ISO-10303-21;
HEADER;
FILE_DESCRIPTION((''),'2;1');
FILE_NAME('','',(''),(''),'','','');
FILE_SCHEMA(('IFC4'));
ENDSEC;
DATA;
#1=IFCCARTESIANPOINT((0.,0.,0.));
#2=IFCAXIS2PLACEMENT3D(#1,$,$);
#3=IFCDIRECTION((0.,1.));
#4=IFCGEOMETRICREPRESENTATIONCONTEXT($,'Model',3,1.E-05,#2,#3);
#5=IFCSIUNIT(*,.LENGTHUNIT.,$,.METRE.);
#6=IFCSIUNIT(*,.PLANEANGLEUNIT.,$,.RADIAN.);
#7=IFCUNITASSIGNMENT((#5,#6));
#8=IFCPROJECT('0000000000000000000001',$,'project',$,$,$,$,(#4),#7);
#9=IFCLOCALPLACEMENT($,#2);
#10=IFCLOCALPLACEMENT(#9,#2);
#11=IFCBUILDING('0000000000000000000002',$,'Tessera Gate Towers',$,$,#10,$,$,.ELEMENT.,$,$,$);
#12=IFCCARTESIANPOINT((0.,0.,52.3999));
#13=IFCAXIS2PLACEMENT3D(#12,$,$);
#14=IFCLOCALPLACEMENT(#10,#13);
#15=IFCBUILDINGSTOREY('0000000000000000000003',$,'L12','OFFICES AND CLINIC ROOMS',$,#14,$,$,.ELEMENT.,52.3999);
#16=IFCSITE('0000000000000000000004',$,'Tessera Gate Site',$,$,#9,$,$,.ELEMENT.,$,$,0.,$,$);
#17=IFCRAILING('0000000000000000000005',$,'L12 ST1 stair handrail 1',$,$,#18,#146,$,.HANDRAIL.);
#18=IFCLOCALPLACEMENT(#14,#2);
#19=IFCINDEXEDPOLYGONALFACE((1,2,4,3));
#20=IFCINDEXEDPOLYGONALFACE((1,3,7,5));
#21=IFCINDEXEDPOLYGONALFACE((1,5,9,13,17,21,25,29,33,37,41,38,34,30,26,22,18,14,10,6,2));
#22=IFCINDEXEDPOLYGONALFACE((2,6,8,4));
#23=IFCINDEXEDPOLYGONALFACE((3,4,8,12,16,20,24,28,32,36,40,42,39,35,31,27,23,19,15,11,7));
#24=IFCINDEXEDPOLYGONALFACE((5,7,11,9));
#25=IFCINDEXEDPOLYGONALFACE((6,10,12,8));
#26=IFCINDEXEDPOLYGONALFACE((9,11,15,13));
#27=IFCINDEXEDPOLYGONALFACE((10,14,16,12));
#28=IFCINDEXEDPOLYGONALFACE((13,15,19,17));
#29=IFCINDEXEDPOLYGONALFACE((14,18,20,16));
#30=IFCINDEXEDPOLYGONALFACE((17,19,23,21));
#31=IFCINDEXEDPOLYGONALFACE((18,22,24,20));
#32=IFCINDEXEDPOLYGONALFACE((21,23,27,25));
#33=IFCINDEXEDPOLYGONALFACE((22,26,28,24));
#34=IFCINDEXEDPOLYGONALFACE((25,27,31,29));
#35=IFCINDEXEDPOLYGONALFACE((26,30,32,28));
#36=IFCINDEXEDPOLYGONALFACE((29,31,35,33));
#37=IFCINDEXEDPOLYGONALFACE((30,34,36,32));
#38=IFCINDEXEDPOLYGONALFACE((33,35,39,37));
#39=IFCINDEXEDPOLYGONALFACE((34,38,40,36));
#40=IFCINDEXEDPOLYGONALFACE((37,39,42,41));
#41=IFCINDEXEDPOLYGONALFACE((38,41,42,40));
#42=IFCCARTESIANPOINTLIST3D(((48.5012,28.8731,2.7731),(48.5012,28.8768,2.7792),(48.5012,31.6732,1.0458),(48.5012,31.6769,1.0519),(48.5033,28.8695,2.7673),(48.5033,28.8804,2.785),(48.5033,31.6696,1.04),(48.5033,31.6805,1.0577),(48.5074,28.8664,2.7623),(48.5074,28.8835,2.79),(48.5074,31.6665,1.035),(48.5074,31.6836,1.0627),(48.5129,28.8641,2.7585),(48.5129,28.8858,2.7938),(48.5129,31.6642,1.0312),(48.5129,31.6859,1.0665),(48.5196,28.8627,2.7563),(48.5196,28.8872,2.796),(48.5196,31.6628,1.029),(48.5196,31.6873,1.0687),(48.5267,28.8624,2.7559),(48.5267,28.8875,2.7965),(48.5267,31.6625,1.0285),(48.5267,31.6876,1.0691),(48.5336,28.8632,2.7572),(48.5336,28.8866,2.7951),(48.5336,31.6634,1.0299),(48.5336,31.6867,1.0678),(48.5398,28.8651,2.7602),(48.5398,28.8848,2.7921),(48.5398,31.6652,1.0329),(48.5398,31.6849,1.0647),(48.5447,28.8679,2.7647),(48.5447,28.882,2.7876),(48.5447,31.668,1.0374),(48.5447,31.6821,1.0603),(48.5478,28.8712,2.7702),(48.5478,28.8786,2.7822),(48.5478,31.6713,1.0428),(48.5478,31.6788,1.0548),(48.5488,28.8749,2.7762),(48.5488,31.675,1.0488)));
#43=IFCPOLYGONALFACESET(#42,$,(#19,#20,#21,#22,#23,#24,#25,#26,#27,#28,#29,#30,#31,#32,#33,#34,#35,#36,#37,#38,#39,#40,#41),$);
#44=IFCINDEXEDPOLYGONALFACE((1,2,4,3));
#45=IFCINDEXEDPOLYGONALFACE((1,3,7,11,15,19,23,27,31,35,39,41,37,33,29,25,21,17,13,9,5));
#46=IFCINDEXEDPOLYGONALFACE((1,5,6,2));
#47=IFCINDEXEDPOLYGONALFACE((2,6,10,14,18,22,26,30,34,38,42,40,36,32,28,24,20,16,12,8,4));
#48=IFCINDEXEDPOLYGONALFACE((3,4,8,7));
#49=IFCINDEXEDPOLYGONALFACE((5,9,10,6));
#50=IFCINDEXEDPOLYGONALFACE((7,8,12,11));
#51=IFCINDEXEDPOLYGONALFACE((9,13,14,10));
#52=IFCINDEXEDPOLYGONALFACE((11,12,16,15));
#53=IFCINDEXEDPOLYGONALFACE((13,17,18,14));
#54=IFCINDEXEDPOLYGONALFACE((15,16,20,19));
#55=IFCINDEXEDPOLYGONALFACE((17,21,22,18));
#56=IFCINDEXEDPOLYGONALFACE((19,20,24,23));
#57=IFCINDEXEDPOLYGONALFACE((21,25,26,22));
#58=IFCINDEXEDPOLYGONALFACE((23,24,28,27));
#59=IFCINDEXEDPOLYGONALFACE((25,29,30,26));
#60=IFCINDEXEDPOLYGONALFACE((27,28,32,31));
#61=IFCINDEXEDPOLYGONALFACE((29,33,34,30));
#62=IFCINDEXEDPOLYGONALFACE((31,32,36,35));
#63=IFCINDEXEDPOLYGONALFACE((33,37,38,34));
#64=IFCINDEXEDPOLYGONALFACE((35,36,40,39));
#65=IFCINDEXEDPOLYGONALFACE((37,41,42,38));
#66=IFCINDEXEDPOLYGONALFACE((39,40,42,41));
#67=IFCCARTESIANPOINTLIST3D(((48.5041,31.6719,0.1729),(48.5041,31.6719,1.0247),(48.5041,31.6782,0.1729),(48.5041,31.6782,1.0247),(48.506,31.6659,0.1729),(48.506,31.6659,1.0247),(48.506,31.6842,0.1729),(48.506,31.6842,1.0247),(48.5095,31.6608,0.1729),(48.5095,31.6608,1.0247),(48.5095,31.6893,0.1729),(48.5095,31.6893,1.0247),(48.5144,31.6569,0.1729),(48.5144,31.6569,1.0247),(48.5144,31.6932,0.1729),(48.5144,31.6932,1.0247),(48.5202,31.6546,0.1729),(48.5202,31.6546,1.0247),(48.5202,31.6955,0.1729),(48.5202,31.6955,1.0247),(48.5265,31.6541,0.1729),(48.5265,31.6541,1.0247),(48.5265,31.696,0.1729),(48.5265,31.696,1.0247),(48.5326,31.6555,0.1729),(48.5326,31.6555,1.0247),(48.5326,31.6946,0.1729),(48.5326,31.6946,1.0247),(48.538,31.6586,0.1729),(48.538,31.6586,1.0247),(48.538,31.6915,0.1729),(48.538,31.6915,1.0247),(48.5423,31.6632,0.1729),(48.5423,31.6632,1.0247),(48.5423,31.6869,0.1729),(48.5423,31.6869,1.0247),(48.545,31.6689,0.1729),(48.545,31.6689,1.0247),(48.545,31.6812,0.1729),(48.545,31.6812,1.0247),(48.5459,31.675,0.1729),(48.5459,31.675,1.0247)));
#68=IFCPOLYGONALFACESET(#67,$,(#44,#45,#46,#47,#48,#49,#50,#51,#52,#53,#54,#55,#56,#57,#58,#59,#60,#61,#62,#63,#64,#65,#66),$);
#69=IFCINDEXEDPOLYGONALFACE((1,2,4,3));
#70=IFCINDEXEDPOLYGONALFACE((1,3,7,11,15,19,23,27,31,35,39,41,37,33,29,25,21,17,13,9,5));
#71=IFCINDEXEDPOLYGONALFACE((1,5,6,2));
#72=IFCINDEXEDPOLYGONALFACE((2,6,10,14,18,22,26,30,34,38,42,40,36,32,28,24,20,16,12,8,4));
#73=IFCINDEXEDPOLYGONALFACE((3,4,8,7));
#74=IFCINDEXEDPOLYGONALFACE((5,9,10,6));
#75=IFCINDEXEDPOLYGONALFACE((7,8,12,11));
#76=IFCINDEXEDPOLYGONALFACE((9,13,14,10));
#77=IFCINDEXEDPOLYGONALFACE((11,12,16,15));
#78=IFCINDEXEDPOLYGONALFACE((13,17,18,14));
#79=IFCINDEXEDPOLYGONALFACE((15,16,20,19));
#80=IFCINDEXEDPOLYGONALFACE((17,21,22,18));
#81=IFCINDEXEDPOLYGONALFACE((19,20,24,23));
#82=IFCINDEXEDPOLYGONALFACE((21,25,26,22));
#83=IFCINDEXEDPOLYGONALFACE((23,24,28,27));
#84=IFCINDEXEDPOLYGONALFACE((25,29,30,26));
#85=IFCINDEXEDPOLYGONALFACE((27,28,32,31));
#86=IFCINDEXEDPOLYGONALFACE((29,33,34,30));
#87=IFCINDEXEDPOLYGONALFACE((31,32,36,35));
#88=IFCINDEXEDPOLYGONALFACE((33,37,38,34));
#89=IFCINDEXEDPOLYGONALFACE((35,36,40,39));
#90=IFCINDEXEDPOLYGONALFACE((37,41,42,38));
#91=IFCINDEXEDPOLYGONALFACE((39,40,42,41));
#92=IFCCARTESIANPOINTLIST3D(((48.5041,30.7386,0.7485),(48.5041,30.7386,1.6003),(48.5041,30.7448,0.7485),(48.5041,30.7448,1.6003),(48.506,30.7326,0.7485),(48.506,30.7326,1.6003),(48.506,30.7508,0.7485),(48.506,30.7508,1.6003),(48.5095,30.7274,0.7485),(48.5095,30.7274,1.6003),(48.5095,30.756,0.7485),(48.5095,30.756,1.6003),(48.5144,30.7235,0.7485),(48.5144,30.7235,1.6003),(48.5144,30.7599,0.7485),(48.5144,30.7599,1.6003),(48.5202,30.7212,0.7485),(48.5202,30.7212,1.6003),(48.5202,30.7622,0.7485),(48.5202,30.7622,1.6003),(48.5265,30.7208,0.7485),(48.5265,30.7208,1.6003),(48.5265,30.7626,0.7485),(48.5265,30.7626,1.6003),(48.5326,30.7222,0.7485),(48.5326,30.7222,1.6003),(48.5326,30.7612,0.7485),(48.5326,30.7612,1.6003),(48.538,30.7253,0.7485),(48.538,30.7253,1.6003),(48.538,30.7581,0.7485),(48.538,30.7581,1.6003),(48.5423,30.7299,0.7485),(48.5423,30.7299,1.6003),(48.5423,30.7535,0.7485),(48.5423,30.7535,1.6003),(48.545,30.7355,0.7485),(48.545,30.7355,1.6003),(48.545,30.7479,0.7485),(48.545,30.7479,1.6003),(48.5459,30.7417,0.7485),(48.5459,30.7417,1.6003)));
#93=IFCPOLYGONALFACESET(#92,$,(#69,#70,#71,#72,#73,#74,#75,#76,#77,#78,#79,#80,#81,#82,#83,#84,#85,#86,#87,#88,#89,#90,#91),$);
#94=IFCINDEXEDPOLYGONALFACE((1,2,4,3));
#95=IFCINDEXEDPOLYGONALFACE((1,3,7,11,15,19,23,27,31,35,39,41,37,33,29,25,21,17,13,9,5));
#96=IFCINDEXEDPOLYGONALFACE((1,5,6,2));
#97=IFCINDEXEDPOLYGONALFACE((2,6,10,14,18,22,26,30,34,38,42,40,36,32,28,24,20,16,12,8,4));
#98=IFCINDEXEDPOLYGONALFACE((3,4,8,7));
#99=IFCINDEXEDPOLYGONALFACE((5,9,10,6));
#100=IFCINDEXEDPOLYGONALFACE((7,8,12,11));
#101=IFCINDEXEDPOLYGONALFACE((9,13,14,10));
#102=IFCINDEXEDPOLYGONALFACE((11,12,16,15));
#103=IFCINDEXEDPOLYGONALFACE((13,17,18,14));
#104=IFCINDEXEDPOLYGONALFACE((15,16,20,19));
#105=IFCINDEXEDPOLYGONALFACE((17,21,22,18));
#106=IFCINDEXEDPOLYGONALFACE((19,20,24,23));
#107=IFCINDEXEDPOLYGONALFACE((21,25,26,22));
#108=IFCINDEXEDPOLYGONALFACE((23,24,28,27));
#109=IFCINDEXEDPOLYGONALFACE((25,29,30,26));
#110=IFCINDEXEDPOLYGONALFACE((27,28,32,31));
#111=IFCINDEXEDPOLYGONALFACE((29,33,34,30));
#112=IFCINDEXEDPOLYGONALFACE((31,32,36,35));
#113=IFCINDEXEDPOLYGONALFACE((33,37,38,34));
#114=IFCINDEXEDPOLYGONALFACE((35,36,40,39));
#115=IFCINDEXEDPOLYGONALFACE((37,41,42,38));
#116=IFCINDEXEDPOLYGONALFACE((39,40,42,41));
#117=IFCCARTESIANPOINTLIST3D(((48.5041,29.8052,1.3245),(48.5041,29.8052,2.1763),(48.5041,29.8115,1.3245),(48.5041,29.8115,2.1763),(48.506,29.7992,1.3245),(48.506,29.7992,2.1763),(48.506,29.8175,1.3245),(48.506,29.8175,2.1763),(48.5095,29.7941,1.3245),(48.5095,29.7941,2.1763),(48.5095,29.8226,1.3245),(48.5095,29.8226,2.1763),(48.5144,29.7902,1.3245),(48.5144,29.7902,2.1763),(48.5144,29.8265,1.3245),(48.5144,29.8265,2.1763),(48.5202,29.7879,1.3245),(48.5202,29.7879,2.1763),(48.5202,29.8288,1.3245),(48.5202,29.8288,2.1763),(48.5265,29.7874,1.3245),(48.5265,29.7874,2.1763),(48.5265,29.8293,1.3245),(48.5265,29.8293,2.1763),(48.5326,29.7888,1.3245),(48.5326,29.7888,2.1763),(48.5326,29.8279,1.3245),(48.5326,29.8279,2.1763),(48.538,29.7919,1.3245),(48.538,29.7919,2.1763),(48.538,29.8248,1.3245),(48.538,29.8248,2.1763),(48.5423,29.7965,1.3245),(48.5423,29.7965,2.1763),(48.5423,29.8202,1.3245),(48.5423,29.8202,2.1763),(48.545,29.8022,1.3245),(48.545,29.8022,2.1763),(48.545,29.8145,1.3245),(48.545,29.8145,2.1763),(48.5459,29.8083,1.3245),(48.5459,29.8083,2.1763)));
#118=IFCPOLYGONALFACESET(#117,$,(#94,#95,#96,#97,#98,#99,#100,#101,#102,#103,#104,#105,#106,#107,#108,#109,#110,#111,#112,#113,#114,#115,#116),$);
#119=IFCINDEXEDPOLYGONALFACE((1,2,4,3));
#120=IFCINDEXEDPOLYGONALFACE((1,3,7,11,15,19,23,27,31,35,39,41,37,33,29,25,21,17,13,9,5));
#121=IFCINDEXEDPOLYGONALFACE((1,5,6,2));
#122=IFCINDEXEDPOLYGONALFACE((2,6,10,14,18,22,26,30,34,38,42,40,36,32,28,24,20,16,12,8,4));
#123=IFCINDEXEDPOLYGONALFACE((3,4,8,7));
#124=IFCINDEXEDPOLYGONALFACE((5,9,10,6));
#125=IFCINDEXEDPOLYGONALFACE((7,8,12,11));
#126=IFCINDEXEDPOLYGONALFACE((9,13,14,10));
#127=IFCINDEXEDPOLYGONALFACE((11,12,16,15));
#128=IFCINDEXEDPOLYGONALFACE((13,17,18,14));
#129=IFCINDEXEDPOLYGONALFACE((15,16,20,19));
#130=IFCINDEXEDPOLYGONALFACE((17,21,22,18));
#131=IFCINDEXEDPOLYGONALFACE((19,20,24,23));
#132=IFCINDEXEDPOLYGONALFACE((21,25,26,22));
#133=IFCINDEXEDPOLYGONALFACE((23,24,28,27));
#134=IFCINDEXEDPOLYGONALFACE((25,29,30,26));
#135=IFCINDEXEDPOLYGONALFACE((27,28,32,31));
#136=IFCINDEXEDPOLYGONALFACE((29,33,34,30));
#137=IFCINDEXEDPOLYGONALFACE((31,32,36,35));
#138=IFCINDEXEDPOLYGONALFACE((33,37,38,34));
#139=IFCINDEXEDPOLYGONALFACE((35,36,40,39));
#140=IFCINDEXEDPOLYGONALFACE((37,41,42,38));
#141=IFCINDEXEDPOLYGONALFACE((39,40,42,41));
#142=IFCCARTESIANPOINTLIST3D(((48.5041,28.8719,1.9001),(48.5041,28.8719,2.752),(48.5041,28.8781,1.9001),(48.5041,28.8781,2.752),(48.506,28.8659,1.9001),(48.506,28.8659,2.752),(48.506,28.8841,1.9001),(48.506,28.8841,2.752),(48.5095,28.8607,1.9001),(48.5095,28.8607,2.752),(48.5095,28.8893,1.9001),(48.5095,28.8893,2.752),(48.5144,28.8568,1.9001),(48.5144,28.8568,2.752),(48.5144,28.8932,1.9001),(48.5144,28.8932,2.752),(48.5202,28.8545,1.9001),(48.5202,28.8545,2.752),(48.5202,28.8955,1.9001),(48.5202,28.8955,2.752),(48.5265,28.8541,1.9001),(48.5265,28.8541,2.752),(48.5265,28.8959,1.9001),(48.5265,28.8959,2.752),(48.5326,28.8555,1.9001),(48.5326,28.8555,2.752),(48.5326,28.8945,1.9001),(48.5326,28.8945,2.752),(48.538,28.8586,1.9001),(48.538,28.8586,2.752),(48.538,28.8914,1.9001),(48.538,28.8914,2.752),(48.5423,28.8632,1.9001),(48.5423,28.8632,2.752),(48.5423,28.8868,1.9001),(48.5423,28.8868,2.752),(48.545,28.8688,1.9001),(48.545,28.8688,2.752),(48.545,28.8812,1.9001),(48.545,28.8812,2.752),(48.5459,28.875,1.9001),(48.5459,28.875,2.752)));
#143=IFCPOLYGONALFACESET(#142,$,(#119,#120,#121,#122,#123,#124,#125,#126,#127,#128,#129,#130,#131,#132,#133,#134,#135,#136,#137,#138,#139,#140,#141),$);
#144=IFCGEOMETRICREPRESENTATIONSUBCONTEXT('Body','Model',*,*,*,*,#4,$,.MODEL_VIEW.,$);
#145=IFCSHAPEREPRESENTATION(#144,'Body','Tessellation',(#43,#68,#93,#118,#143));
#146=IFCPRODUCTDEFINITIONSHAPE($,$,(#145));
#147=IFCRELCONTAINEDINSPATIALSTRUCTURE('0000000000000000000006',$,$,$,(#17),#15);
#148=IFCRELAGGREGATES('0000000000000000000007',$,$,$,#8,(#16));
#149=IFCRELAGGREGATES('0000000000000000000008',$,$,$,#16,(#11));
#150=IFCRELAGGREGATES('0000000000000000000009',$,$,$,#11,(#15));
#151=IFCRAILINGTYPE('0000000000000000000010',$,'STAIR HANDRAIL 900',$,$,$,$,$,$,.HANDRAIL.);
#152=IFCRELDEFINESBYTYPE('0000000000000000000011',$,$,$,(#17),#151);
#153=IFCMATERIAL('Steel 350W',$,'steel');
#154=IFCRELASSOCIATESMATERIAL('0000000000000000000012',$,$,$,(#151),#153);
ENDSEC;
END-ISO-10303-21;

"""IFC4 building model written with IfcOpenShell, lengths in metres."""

from ifc_helpers import new_model, si_unit, direction, frame, origin, origin_2d, place, context, subcontext, project, spatial, circle, extrude, material, type_object, element, save


model = new_model("IFC4")

# Units and contexts
model_context = context("Model", 3, precision=1e-05, world=origin(), true_north=direction((0.0, 1.0)))
body_context = subcontext(model_context, "Body", "Model", "MODEL_VIEW")
ifc_project = project(units=[si_unit("LENGTHUNIT", "METRE"), si_unit("PLANEANGLEUNIT", "RADIAN")], contexts=[model_context])

# Site, building, storey
site_placement = place(None, origin())
site = spatial("IfcSite", under=ifc_project, at=site_placement, Name="Tessera Gate Site", CompositionType="ELEMENT", RefElevation=0.0)
building_placement = place(site_placement, origin())
building = spatial("IfcBuilding", under=site, at=building_placement, Name="Tessera Gate Towers", CompositionType="ELEMENT")
storey_placement = place(building_placement, frame((0.0, 0.0, 52.3999)))
storey = spatial("IfcBuildingStorey", under=building, at=storey_placement, Name="L12", Description="OFFICES AND CLINIC ROOMS", CompositionType="ELEMENT", Elevation=52.3999)

# Railing
ifc_material_1 = material(Name="Steel 350W", Category="steel")
railing_type = type_object("IfcRailingType", Name="STAIR HANDRAIL 900", PredefinedType="HANDRAIL", material=ifc_material_1)
railing_placement = place(storey_placement, frame((48.5249, 31.675, 0.1729)))
element("IfcRailing", 1, at=railing_placement, inside=storey, type_object=railing_type, Name="L12 ST1 stair handrail 1", PredefinedType="HANDRAIL", context=body_context, shape_type="SweptSolid", body=[
    extrude(circle(Radius=0.0239, at=origin_2d()), frame((0.0, 0.0, 0.876), z_axis=(0.0, -0.85109, 0.52502), x_axis=(1.0, 0.0, 0.0)), (0.0, 0.0, 1.0), 3.29),
    extrude(circle(Radius=0.021, at=origin_2d()), origin(), (0.0, 0.0, 1.0), 0.8518),
    extrude(circle(Radius=0.021, at=origin_2d()), frame((0.0, -0.9333, 0.5757)), (0.0, 0.0, 1.0), 0.8518),
    extrude(circle(Radius=0.021, at=origin_2d()), frame((0.0, -1.8667, 1.1516)), (0.0, 0.0, 1.0), 0.8518),
    extrude(circle(Radius=0.021, at=origin_2d()), frame((0.0, -2.8, 1.7273)), (0.0, 0.0, 1.0), 0.8518),
])

save(model, "model.ifc")
